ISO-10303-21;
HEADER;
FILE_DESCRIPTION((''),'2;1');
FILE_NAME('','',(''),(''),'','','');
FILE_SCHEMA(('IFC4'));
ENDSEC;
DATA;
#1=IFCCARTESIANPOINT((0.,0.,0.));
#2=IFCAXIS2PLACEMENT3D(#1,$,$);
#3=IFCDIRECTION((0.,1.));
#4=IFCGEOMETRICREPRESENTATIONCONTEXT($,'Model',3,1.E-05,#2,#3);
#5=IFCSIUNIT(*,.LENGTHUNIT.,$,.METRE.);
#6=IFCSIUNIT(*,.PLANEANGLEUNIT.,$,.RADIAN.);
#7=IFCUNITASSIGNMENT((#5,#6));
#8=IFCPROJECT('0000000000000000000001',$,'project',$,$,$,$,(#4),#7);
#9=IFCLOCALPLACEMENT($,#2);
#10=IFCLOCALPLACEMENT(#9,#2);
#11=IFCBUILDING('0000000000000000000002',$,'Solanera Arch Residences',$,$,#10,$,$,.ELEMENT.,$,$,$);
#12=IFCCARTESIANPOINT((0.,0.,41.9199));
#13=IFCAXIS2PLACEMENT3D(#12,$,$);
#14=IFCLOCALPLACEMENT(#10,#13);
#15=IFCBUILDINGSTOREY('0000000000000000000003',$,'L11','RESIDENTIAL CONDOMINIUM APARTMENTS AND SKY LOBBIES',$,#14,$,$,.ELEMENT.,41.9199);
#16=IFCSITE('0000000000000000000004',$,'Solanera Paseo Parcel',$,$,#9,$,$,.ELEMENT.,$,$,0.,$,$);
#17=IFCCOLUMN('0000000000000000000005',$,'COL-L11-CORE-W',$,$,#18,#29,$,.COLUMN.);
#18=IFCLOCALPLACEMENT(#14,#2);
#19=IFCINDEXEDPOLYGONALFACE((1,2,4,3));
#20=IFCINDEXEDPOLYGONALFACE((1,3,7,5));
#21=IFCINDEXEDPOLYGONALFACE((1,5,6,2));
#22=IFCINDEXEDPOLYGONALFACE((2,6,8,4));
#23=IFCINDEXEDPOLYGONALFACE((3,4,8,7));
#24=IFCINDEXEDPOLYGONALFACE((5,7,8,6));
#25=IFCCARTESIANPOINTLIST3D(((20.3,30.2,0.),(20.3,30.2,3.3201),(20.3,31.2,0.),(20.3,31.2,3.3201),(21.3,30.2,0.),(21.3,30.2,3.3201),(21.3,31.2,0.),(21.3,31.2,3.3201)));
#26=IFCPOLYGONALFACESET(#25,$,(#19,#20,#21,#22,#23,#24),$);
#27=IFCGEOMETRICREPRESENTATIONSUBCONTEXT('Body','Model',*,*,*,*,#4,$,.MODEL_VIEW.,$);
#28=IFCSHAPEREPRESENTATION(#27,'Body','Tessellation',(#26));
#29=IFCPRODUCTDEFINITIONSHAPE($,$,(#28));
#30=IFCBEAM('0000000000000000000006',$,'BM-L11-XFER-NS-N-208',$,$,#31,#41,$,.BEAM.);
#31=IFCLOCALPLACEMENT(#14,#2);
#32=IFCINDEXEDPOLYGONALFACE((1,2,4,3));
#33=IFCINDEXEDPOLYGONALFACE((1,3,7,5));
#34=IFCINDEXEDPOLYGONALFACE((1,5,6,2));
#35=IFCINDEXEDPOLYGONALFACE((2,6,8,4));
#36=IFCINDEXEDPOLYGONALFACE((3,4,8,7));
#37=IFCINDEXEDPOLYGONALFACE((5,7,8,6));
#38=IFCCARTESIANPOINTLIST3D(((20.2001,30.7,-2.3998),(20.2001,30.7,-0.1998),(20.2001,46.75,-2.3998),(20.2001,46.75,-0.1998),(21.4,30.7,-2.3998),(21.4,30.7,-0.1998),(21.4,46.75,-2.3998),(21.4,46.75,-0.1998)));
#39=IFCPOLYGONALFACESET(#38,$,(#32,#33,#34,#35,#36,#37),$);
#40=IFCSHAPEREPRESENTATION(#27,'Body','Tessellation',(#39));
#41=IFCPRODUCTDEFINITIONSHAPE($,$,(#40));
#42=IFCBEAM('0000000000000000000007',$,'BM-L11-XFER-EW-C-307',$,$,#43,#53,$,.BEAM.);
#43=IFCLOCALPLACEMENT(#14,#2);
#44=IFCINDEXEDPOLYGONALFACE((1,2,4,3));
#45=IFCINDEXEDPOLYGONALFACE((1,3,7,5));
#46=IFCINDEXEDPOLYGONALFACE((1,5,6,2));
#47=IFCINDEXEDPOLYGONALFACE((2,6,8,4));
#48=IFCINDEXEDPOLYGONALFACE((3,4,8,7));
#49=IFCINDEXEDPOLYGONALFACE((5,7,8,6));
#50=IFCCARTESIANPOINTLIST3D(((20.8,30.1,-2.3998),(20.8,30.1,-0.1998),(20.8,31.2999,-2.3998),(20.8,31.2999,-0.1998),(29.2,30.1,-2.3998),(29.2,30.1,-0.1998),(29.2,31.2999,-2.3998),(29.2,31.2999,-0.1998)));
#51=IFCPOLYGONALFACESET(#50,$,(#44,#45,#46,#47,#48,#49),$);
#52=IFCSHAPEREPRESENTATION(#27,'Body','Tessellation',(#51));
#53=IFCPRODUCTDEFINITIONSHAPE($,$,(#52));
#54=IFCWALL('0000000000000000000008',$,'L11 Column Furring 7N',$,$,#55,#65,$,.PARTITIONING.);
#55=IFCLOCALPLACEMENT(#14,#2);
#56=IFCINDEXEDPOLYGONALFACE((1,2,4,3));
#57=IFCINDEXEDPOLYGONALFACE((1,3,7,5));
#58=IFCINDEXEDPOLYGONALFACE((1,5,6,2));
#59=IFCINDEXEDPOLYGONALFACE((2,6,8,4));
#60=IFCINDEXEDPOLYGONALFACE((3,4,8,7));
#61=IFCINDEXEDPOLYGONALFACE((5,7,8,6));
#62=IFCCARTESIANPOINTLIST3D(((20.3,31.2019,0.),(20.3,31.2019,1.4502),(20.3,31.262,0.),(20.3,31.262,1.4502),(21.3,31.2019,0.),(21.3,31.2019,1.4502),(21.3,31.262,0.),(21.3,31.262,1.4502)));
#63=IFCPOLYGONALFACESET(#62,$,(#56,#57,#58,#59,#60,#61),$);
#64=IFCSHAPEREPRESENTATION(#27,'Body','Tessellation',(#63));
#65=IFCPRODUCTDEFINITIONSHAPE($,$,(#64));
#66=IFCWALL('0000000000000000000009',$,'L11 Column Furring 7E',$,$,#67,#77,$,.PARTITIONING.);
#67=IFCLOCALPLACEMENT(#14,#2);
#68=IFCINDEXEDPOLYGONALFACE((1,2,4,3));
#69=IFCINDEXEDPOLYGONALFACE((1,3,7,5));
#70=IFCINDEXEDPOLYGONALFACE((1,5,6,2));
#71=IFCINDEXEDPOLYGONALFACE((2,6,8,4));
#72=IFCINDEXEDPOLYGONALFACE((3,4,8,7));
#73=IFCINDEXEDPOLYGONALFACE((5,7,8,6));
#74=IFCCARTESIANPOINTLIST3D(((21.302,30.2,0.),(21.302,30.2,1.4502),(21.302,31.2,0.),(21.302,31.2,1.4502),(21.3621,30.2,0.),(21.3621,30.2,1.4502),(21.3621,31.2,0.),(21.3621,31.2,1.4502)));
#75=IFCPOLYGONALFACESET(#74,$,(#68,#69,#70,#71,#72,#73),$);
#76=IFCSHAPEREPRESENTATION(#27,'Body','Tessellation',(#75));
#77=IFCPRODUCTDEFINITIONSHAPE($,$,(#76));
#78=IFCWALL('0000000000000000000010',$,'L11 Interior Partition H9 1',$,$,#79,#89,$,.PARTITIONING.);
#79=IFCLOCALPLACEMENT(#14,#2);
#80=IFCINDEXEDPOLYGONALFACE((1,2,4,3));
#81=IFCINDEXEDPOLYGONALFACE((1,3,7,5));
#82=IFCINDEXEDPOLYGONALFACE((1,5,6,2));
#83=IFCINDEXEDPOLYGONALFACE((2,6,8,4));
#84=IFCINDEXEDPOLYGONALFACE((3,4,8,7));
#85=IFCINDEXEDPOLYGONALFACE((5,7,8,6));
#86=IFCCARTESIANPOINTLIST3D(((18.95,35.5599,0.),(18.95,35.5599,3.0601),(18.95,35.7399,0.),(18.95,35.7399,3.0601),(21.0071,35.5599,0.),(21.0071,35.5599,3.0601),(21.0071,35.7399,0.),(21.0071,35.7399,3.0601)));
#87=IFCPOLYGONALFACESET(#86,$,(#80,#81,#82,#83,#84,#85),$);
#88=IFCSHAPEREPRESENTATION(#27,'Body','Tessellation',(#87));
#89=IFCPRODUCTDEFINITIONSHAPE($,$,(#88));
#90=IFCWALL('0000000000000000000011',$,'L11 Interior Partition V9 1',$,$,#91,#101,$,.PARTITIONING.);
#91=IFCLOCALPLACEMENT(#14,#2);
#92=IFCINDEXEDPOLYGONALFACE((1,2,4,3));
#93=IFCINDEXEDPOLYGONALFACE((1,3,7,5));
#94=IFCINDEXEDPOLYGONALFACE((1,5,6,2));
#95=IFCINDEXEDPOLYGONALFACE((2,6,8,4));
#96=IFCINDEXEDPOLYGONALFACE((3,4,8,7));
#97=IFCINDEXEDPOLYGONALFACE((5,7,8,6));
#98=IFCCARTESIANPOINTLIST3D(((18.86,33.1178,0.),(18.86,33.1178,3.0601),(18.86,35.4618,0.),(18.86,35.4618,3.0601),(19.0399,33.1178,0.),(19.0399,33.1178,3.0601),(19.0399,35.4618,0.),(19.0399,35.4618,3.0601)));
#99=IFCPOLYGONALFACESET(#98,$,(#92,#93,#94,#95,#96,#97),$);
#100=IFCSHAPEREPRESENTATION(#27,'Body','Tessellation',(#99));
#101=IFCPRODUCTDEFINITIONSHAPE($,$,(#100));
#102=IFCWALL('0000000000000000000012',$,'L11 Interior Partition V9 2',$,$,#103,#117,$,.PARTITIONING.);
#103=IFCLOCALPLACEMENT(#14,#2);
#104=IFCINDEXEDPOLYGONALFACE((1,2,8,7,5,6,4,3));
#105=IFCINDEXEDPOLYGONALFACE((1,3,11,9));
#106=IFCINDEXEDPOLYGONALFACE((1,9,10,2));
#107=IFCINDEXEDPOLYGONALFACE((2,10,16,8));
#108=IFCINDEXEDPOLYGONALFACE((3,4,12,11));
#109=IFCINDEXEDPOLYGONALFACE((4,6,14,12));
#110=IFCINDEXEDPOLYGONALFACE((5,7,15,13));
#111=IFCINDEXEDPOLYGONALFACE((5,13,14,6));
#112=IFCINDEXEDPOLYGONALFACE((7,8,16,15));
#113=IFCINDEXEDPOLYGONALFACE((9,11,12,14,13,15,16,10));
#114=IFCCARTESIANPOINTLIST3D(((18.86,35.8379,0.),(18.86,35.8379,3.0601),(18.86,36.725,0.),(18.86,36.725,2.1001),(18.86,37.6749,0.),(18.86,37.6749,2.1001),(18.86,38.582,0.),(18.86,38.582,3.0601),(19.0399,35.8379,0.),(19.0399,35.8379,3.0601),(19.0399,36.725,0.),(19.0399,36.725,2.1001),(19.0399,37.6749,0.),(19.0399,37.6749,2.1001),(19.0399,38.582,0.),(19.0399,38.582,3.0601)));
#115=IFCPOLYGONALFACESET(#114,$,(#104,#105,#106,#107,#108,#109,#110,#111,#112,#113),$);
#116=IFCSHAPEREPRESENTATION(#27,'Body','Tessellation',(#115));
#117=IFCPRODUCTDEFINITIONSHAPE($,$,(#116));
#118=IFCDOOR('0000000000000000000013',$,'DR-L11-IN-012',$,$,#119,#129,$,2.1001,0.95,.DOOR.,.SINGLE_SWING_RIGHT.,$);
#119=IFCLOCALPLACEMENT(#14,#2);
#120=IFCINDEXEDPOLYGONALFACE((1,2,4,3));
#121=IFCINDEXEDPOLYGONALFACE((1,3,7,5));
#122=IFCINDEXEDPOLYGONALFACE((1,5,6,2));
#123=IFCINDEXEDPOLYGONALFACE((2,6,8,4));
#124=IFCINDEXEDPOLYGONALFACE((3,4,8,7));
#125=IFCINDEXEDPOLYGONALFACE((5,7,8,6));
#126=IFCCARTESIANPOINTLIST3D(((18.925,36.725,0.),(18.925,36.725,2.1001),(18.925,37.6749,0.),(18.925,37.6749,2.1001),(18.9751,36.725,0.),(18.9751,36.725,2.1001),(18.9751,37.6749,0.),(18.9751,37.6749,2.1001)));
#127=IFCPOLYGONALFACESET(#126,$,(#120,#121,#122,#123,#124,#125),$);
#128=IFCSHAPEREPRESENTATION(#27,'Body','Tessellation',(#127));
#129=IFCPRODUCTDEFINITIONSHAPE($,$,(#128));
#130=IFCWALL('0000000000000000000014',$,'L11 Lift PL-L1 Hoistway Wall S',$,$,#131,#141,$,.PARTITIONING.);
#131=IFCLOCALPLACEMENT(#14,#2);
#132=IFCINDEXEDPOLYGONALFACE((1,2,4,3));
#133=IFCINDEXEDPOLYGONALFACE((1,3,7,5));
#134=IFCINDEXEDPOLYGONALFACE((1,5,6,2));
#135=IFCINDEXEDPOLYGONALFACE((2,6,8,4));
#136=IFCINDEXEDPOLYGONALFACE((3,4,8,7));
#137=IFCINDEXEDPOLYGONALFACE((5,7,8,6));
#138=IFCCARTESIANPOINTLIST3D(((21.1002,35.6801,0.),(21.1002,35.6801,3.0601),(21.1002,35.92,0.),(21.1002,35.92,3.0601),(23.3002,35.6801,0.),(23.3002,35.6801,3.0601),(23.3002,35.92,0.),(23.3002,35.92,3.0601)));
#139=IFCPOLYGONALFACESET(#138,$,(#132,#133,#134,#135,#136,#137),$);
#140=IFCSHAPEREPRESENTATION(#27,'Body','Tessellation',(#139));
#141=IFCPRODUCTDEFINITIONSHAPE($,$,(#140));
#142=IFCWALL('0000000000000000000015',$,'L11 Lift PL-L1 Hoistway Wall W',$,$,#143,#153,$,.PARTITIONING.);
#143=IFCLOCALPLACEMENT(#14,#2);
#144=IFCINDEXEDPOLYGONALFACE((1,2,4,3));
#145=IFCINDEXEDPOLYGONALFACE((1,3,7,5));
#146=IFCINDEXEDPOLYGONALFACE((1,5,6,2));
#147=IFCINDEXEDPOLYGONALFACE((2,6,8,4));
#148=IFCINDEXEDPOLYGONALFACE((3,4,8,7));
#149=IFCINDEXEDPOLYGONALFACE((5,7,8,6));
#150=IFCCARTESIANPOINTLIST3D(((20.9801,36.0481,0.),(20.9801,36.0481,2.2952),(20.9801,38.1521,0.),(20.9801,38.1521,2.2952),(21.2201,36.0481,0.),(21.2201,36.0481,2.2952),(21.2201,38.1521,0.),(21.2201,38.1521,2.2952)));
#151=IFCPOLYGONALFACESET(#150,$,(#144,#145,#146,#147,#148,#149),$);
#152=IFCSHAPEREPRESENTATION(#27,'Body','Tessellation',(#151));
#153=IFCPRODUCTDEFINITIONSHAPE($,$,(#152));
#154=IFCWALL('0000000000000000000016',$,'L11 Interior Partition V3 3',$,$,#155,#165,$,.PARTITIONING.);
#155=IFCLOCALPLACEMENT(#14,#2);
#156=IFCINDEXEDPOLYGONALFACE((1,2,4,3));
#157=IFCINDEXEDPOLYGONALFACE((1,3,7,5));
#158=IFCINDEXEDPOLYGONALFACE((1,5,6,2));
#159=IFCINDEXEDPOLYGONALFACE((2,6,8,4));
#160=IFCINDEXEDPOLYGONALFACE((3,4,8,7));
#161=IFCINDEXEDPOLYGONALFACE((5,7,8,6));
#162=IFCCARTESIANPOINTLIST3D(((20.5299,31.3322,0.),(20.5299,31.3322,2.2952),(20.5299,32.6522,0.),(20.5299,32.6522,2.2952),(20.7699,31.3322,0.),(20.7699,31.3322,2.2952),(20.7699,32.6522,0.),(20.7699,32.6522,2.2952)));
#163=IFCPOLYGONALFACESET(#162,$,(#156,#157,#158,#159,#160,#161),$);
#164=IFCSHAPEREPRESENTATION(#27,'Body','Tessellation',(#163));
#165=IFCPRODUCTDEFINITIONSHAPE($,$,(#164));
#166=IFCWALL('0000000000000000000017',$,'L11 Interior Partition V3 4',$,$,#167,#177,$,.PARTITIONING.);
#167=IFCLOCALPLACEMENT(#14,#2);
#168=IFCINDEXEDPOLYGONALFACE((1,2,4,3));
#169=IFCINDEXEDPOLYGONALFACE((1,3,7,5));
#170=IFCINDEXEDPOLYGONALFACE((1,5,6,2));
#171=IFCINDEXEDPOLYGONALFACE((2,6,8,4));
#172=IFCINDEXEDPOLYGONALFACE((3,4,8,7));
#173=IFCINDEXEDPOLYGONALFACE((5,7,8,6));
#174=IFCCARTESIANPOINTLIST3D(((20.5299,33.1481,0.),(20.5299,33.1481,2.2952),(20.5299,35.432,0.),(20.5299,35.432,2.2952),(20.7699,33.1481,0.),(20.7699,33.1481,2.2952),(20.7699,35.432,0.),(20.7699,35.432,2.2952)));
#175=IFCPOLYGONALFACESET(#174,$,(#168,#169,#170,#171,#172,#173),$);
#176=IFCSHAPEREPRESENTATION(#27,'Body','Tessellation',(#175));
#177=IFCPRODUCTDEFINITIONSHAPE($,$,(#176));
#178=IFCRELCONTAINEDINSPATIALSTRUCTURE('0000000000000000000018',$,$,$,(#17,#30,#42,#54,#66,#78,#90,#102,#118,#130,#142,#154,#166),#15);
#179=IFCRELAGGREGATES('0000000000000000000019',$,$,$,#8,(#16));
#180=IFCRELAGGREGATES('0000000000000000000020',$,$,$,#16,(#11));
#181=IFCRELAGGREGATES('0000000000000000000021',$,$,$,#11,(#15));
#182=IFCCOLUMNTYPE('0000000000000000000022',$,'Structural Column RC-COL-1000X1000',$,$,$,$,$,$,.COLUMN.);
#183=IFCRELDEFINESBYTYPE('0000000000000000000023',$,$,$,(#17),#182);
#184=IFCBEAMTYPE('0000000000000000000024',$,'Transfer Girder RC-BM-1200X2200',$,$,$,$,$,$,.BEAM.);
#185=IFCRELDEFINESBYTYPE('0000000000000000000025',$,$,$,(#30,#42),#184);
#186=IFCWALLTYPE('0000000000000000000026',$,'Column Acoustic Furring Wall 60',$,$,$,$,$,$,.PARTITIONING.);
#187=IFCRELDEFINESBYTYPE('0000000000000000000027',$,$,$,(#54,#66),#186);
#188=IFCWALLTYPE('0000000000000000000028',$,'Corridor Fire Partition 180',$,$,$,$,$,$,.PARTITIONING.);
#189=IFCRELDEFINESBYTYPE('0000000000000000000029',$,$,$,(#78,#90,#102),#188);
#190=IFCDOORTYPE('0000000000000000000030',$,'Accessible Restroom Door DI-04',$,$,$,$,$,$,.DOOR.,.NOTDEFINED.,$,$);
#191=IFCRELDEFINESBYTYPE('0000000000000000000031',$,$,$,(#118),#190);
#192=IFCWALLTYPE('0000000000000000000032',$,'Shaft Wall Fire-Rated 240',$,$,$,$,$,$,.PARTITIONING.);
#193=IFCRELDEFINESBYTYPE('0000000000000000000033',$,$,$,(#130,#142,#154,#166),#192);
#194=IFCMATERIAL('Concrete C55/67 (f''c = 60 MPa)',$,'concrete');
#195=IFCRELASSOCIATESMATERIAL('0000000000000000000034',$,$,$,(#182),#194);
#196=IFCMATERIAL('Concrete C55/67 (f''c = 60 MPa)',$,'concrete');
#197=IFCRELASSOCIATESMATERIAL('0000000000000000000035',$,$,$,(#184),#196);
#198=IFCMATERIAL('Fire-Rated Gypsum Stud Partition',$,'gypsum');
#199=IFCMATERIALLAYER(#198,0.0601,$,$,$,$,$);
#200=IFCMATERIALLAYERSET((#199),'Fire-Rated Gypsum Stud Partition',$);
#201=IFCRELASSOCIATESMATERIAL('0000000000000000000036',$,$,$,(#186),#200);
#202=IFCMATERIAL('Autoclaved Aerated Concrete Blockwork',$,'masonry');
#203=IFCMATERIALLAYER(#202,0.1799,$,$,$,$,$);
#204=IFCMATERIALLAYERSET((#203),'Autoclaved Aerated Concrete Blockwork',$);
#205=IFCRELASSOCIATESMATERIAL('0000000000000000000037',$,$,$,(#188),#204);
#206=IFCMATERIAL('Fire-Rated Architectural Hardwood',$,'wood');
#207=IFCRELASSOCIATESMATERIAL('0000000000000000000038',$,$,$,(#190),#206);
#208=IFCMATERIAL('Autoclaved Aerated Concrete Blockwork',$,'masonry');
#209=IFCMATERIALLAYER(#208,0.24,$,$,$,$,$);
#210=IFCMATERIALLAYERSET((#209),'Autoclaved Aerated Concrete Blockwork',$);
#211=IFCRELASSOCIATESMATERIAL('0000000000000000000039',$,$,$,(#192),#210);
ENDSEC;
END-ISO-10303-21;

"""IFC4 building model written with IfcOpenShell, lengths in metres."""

from ifc_helpers import new_model, si_unit, direction, frame, frame_2d, origin, origin_2d, place, context, subcontext, project, spatial, rectangle, extrude, material, layer, layer_set, material_profile, profile_set, type_object, element, fill, save


model = new_model("IFC4")

# Units and contexts
model_context = context("Model", 3, precision=1e-05, world=origin(), true_north=direction((0.0, 1.0)))
body_context = subcontext(model_context, "Body", "Model", "MODEL_VIEW")
ifc_project = project(units=[si_unit("LENGTHUNIT", "METRE"), si_unit("PLANEANGLEUNIT", "RADIAN")], contexts=[model_context])

# Site, building, storey
site_placement = place(None, origin())
site = spatial("IfcSite", under=ifc_project, at=site_placement, Name="Solanera Paseo Parcel", CompositionType="ELEMENT", RefElevation=0.0)
building_placement = place(site_placement, origin())
building = spatial("IfcBuilding", under=site, at=building_placement, Name="Solanera Arch Residences", CompositionType="ELEMENT")
storey_placement = place(building_placement, frame((0.0, 0.0, 41.9199)))
storey = spatial("IfcBuildingStorey", under=building, at=storey_placement, Name="L11", Description="RESIDENTIAL CONDOMINIUM APARTMENTS AND SKY LOBBIES", CompositionType="ELEMENT", Elevation=41.9199)

# Column
ifc_material_1 = material(Name="Concrete C55/67 (f'c = 60 MPa)", Category="concrete")
ifc_material_profile_1 = material_profile(ifc_material_1, rectangle(XDim=1.0, YDim=1.0, at=origin_2d()))
ifc_profile_set_1 = profile_set([ifc_material_profile_1], Name="Concrete C55/67 (f'c = 60 MPa)")
column_type = type_object("IfcColumnType", Name="Structural Column RC-COL-1000X1000", PredefinedType="COLUMN", material=ifc_profile_set_1)
column_placement = place(storey_placement, frame((20.8, 30.7, 0.0), z_axis=(0.0, 0.0, 1.0), x_axis=(1.0, 0.0, 0.0)))
element("IfcColumn", 1, at=column_placement, inside=storey, type_object=column_type, Name="COL-L11-CORE-W", PredefinedType="COLUMN", context=body_context, shape_type="SweptSolid", body=[
    extrude(rectangle(XDim=1.0, YDim=1.0, at=origin_2d()), origin(), (0.0, 0.0, 1.0), 3.3201),
])

# Beams
ifc_material_2 = material(Name="Concrete C55/67 (f'c = 60 MPa)", Category="concrete")
ifc_material_profile_2 = material_profile(ifc_material_2, rectangle(XDim=1.2, YDim=2.2, at=origin_2d()))
ifc_profile_set_2 = profile_set([ifc_material_profile_2], Name="Concrete C55/67 (f'c = 60 MPa)")
beam_type = type_object("IfcBeamType", Name="Transfer Girder RC-BM-1200X2200", PredefinedType="BEAM", material=ifc_profile_set_2)
beam_1_placement = place(storey_placement, frame((20.8, 30.7, -1.2998), z_axis=(0.0, 1.0, 0.0), x_axis=(-1.0, 0.0, 0.0)))
element("IfcBeam", 2, at=beam_1_placement, inside=storey, type_object=beam_type, Name="BM-L11-XFER-NS-N-208", PredefinedType="BEAM", context=body_context, shape_type="SweptSolid", body=[
    extrude(rectangle(XDim=1.2, YDim=2.2, at=origin_2d()), origin(), (0.0, 0.0, 1.0), 16.05),
])
beam_2_placement = place(storey_placement, frame((20.8, 30.7, -1.2998), z_axis=(1.0, 0.0, 0.0), x_axis=(0.0, 1.0, 0.0)))
element("IfcBeam", 3, at=beam_2_placement, inside=storey, type_object=beam_type, Name="BM-L11-XFER-EW-C-307", PredefinedType="BEAM", context=body_context, shape_type="SweptSolid", body=[
    extrude(rectangle(XDim=1.2, YDim=2.2, at=origin_2d()), origin(), (0.0, 0.0, 1.0), 8.3999),
])

# Walls
ifc_material_3 = material(Name="Fire-Rated Gypsum Stud Partition", Category="gypsum")
ifc_layer_1 = layer(ifc_material_3, 0.0601)
ifc_layer_set_1 = layer_set([ifc_layer_1], Name="Fire-Rated Gypsum Stud Partition")
wall_type_1 = type_object("IfcWallType", Name="Column Acoustic Furring Wall 60", PredefinedType="PARTITIONING", material=ifc_layer_set_1)
for number, where, z_axis, x_axis, name in (
    (4, (20.3, 31.2319, 0.0), (0.0, 0.0, 1.0), (1.0, 0.0, 0.0), "L11 Column Furring 7N"),
    (5, (21.332, 30.2, 0.0), (0.0, 0.0, 1.0), (0.0, 1.0, 0.0), "L11 Column Furring 7E"),
):
    element("IfcWall", number, at=place(storey_placement, frame(where, z_axis=z_axis, x_axis=x_axis)), inside=storey, type_object=wall_type_1, Name=name, PredefinedType="PARTITIONING", context=body_context, shape_type="SweptSolid", body=[
        extrude(rectangle(XDim=1.0, YDim=0.0601, at=frame_2d((0.5, 0.0))), origin(), (0.0, 0.0, 1.0), 1.4502),
    ])

# Walls
ifc_material_4 = material(Name="Autoclaved Aerated Concrete Blockwork", Category="masonry")
ifc_layer_2 = layer(ifc_material_4, 0.1799)
ifc_layer_set_2 = layer_set([ifc_layer_2], Name="Autoclaved Aerated Concrete Blockwork")
wall_type_2 = type_object("IfcWallType", Name="Corridor Fire Partition 180", PredefinedType="PARTITIONING", material=ifc_layer_set_2)
wall_1_placement = place(storey_placement, frame((18.95, 35.6499, 0.0), z_axis=(0.0, 0.0, 1.0), x_axis=(1.0, 0.0, 0.0)))
element("IfcWall", 6, at=wall_1_placement, inside=storey, type_object=wall_type_2, Name="L11 Interior Partition H9 1", PredefinedType="PARTITIONING", context=body_context, shape_type="SweptSolid", body=[
    extrude(rectangle(XDim=2.0571, YDim=0.1799, at=frame_2d((1.0286, 0.0))), origin(), (0.0, 0.0, 1.0), 3.0601),
])
wall_2_placement = place(storey_placement, frame((18.95, 33.1179, 0.0), z_axis=(0.0, 0.0, 1.0), x_axis=(0.0, 1.0, 0.0)))
element("IfcWall", 7, at=wall_2_placement, inside=storey, type_object=wall_type_2, Name="L11 Interior Partition V9 1", PredefinedType="PARTITIONING", context=body_context, shape_type="SweptSolid", body=[
    extrude(rectangle(XDim=2.344, YDim=0.1799, at=frame_2d((1.1719, 0.0))), origin(), (0.0, 0.0, 1.0), 3.0601),
])

# Wall, opening, door
wall_3_placement = place(storey_placement, frame((18.95, 35.8379, 0.0), z_axis=(0.0, 0.0, 1.0), x_axis=(0.0, 1.0, 0.0)))
wall_3 = element("IfcWall", 8, at=wall_3_placement, inside=storey, type_object=wall_type_2, Name="L11 Interior Partition V9 2", PredefinedType="PARTITIONING", context=body_context, shape_type="SweptSolid", body=[
    extrude(rectangle(XDim=2.7441, YDim=0.1799, at=frame_2d((1.3721, 0.0))), origin(), (0.0, 0.0, 1.0), 3.0601),
])
opening_1_placement = place(wall_3_placement, frame((0.887, 0.0, 0.0)))
opening_1 = element("IfcOpeningElement", 9, at=opening_1_placement, cuts=wall_3, PredefinedType="OPENING", context=body_context, shape_type="SweptSolid", body=[
    extrude(rectangle(XDim=0.95, YDim=2.1001, at=frame_2d((0.4751, 1.05))), frame((0.0, 0.1001, 0.0), z_axis=(0.0, -1.0, 0.0), x_axis=(1.0, 0.0, 0.0)), (0.0, 0.0, 1.0), 0.1999),
])
ifc_material_5 = material(Name="Fire-Rated Architectural Hardwood", Category="wood")
door_type_1 = type_object("IfcDoorType", Name="Accessible Restroom Door DI-04", OperationType="NOTDEFINED", PredefinedType="DOOR", material=ifc_material_5)
door_1_placement = place(opening_1_placement, origin())
door_1 = element("IfcDoor", 10, at=door_1_placement, inside=storey, type_object=door_type_1, Name="DR-L11-IN-012", OperationType="SINGLE_SWING_RIGHT", OverallHeight=2.1001, OverallWidth=0.95, PredefinedType="DOOR", context=body_context, shape_type="SweptSolid", body=[
    extrude(rectangle(XDim=0.95, YDim=2.1001, at=frame_2d((0.4751, 1.05))), frame((0.0, 0.0249, 0.0), z_axis=(0.0, -1.0, 0.0), x_axis=(1.0, 0.0, 0.0)), (0.0, 0.0, 1.0), 0.05),
])
fill(opening_1, door_1)

# Walls
ifc_material_6 = material(Name="Autoclaved Aerated Concrete Blockwork", Category="masonry")
ifc_layer_3 = layer(ifc_material_6, 0.24)
ifc_layer_set_3 = layer_set([ifc_layer_3], Name="Autoclaved Aerated Concrete Blockwork")
wall_type_3 = type_object("IfcWallType", Name="Shaft Wall Fire-Rated 240", PredefinedType="PARTITIONING", material=ifc_layer_set_3)
wall_4_placement = place(storey_placement, frame((21.1001, 35.8, 0.0), z_axis=(0.0, 0.0, 1.0), x_axis=(1.0, 0.0, 0.0)))
element("IfcWall", 11, at=wall_4_placement, inside=storey, type_object=wall_type_3, Name="L11 Lift PL-L1 Hoistway Wall S", PredefinedType="PARTITIONING", context=body_context, shape_type="SweptSolid", body=[
    extrude(rectangle(XDim=2.2, YDim=0.24, at=frame_2d((1.1001, 0.0))), origin(), (0.0, 0.0, 1.0), 3.0601),
])
wall_5_placement = place(storey_placement, frame((21.1001, 36.0481, 0.0), z_axis=(0.0, 0.0, 1.0), x_axis=(0.0, 1.0, 0.0)))
element("IfcWall", 12, at=wall_5_placement, inside=storey, type_object=wall_type_3, Name="L11 Lift PL-L1 Hoistway Wall W", PredefinedType="PARTITIONING", context=body_context, shape_type="SweptSolid", body=[
    extrude(rectangle(XDim=2.104, YDim=0.24, at=frame_2d((1.052, 0.0))), origin(), (0.0, 0.0, 1.0), 2.2952),
])

# Walls
wall_6_placement = place(storey_placement, frame((20.6499, 31.332, 0.0), z_axis=(0.0, 0.0, 1.0), x_axis=(0.0, 1.0, 0.0)))
element("IfcWall", 13, at=wall_6_placement, inside=storey, type_object=wall_type_3, Name="L11 Interior Partition V3 3", PredefinedType="PARTITIONING", context=body_context, shape_type="SweptSolid", body=[
    extrude(rectangle(XDim=1.3201, YDim=0.24, at=frame_2d((0.6602, 0.0))), origin(), (0.0, 0.0, 1.0), 2.2952),
])
wall_7_placement = place(storey_placement, frame((20.6499, 33.1479, 0.0), z_axis=(0.0, 0.0, 1.0), x_axis=(0.0, 1.0, 0.0)))
element("IfcWall", 14, at=wall_7_placement, inside=storey, type_object=wall_type_3, Name="L11 Interior Partition V3 4", PredefinedType="PARTITIONING", context=body_context, shape_type="SweptSolid", body=[
    extrude(rectangle(XDim=2.2839, YDim=0.24, at=frame_2d((1.1421, 0.0))), origin(), (0.0, 0.0, 1.0), 2.2952),
])

save(model, "model.ifc")
